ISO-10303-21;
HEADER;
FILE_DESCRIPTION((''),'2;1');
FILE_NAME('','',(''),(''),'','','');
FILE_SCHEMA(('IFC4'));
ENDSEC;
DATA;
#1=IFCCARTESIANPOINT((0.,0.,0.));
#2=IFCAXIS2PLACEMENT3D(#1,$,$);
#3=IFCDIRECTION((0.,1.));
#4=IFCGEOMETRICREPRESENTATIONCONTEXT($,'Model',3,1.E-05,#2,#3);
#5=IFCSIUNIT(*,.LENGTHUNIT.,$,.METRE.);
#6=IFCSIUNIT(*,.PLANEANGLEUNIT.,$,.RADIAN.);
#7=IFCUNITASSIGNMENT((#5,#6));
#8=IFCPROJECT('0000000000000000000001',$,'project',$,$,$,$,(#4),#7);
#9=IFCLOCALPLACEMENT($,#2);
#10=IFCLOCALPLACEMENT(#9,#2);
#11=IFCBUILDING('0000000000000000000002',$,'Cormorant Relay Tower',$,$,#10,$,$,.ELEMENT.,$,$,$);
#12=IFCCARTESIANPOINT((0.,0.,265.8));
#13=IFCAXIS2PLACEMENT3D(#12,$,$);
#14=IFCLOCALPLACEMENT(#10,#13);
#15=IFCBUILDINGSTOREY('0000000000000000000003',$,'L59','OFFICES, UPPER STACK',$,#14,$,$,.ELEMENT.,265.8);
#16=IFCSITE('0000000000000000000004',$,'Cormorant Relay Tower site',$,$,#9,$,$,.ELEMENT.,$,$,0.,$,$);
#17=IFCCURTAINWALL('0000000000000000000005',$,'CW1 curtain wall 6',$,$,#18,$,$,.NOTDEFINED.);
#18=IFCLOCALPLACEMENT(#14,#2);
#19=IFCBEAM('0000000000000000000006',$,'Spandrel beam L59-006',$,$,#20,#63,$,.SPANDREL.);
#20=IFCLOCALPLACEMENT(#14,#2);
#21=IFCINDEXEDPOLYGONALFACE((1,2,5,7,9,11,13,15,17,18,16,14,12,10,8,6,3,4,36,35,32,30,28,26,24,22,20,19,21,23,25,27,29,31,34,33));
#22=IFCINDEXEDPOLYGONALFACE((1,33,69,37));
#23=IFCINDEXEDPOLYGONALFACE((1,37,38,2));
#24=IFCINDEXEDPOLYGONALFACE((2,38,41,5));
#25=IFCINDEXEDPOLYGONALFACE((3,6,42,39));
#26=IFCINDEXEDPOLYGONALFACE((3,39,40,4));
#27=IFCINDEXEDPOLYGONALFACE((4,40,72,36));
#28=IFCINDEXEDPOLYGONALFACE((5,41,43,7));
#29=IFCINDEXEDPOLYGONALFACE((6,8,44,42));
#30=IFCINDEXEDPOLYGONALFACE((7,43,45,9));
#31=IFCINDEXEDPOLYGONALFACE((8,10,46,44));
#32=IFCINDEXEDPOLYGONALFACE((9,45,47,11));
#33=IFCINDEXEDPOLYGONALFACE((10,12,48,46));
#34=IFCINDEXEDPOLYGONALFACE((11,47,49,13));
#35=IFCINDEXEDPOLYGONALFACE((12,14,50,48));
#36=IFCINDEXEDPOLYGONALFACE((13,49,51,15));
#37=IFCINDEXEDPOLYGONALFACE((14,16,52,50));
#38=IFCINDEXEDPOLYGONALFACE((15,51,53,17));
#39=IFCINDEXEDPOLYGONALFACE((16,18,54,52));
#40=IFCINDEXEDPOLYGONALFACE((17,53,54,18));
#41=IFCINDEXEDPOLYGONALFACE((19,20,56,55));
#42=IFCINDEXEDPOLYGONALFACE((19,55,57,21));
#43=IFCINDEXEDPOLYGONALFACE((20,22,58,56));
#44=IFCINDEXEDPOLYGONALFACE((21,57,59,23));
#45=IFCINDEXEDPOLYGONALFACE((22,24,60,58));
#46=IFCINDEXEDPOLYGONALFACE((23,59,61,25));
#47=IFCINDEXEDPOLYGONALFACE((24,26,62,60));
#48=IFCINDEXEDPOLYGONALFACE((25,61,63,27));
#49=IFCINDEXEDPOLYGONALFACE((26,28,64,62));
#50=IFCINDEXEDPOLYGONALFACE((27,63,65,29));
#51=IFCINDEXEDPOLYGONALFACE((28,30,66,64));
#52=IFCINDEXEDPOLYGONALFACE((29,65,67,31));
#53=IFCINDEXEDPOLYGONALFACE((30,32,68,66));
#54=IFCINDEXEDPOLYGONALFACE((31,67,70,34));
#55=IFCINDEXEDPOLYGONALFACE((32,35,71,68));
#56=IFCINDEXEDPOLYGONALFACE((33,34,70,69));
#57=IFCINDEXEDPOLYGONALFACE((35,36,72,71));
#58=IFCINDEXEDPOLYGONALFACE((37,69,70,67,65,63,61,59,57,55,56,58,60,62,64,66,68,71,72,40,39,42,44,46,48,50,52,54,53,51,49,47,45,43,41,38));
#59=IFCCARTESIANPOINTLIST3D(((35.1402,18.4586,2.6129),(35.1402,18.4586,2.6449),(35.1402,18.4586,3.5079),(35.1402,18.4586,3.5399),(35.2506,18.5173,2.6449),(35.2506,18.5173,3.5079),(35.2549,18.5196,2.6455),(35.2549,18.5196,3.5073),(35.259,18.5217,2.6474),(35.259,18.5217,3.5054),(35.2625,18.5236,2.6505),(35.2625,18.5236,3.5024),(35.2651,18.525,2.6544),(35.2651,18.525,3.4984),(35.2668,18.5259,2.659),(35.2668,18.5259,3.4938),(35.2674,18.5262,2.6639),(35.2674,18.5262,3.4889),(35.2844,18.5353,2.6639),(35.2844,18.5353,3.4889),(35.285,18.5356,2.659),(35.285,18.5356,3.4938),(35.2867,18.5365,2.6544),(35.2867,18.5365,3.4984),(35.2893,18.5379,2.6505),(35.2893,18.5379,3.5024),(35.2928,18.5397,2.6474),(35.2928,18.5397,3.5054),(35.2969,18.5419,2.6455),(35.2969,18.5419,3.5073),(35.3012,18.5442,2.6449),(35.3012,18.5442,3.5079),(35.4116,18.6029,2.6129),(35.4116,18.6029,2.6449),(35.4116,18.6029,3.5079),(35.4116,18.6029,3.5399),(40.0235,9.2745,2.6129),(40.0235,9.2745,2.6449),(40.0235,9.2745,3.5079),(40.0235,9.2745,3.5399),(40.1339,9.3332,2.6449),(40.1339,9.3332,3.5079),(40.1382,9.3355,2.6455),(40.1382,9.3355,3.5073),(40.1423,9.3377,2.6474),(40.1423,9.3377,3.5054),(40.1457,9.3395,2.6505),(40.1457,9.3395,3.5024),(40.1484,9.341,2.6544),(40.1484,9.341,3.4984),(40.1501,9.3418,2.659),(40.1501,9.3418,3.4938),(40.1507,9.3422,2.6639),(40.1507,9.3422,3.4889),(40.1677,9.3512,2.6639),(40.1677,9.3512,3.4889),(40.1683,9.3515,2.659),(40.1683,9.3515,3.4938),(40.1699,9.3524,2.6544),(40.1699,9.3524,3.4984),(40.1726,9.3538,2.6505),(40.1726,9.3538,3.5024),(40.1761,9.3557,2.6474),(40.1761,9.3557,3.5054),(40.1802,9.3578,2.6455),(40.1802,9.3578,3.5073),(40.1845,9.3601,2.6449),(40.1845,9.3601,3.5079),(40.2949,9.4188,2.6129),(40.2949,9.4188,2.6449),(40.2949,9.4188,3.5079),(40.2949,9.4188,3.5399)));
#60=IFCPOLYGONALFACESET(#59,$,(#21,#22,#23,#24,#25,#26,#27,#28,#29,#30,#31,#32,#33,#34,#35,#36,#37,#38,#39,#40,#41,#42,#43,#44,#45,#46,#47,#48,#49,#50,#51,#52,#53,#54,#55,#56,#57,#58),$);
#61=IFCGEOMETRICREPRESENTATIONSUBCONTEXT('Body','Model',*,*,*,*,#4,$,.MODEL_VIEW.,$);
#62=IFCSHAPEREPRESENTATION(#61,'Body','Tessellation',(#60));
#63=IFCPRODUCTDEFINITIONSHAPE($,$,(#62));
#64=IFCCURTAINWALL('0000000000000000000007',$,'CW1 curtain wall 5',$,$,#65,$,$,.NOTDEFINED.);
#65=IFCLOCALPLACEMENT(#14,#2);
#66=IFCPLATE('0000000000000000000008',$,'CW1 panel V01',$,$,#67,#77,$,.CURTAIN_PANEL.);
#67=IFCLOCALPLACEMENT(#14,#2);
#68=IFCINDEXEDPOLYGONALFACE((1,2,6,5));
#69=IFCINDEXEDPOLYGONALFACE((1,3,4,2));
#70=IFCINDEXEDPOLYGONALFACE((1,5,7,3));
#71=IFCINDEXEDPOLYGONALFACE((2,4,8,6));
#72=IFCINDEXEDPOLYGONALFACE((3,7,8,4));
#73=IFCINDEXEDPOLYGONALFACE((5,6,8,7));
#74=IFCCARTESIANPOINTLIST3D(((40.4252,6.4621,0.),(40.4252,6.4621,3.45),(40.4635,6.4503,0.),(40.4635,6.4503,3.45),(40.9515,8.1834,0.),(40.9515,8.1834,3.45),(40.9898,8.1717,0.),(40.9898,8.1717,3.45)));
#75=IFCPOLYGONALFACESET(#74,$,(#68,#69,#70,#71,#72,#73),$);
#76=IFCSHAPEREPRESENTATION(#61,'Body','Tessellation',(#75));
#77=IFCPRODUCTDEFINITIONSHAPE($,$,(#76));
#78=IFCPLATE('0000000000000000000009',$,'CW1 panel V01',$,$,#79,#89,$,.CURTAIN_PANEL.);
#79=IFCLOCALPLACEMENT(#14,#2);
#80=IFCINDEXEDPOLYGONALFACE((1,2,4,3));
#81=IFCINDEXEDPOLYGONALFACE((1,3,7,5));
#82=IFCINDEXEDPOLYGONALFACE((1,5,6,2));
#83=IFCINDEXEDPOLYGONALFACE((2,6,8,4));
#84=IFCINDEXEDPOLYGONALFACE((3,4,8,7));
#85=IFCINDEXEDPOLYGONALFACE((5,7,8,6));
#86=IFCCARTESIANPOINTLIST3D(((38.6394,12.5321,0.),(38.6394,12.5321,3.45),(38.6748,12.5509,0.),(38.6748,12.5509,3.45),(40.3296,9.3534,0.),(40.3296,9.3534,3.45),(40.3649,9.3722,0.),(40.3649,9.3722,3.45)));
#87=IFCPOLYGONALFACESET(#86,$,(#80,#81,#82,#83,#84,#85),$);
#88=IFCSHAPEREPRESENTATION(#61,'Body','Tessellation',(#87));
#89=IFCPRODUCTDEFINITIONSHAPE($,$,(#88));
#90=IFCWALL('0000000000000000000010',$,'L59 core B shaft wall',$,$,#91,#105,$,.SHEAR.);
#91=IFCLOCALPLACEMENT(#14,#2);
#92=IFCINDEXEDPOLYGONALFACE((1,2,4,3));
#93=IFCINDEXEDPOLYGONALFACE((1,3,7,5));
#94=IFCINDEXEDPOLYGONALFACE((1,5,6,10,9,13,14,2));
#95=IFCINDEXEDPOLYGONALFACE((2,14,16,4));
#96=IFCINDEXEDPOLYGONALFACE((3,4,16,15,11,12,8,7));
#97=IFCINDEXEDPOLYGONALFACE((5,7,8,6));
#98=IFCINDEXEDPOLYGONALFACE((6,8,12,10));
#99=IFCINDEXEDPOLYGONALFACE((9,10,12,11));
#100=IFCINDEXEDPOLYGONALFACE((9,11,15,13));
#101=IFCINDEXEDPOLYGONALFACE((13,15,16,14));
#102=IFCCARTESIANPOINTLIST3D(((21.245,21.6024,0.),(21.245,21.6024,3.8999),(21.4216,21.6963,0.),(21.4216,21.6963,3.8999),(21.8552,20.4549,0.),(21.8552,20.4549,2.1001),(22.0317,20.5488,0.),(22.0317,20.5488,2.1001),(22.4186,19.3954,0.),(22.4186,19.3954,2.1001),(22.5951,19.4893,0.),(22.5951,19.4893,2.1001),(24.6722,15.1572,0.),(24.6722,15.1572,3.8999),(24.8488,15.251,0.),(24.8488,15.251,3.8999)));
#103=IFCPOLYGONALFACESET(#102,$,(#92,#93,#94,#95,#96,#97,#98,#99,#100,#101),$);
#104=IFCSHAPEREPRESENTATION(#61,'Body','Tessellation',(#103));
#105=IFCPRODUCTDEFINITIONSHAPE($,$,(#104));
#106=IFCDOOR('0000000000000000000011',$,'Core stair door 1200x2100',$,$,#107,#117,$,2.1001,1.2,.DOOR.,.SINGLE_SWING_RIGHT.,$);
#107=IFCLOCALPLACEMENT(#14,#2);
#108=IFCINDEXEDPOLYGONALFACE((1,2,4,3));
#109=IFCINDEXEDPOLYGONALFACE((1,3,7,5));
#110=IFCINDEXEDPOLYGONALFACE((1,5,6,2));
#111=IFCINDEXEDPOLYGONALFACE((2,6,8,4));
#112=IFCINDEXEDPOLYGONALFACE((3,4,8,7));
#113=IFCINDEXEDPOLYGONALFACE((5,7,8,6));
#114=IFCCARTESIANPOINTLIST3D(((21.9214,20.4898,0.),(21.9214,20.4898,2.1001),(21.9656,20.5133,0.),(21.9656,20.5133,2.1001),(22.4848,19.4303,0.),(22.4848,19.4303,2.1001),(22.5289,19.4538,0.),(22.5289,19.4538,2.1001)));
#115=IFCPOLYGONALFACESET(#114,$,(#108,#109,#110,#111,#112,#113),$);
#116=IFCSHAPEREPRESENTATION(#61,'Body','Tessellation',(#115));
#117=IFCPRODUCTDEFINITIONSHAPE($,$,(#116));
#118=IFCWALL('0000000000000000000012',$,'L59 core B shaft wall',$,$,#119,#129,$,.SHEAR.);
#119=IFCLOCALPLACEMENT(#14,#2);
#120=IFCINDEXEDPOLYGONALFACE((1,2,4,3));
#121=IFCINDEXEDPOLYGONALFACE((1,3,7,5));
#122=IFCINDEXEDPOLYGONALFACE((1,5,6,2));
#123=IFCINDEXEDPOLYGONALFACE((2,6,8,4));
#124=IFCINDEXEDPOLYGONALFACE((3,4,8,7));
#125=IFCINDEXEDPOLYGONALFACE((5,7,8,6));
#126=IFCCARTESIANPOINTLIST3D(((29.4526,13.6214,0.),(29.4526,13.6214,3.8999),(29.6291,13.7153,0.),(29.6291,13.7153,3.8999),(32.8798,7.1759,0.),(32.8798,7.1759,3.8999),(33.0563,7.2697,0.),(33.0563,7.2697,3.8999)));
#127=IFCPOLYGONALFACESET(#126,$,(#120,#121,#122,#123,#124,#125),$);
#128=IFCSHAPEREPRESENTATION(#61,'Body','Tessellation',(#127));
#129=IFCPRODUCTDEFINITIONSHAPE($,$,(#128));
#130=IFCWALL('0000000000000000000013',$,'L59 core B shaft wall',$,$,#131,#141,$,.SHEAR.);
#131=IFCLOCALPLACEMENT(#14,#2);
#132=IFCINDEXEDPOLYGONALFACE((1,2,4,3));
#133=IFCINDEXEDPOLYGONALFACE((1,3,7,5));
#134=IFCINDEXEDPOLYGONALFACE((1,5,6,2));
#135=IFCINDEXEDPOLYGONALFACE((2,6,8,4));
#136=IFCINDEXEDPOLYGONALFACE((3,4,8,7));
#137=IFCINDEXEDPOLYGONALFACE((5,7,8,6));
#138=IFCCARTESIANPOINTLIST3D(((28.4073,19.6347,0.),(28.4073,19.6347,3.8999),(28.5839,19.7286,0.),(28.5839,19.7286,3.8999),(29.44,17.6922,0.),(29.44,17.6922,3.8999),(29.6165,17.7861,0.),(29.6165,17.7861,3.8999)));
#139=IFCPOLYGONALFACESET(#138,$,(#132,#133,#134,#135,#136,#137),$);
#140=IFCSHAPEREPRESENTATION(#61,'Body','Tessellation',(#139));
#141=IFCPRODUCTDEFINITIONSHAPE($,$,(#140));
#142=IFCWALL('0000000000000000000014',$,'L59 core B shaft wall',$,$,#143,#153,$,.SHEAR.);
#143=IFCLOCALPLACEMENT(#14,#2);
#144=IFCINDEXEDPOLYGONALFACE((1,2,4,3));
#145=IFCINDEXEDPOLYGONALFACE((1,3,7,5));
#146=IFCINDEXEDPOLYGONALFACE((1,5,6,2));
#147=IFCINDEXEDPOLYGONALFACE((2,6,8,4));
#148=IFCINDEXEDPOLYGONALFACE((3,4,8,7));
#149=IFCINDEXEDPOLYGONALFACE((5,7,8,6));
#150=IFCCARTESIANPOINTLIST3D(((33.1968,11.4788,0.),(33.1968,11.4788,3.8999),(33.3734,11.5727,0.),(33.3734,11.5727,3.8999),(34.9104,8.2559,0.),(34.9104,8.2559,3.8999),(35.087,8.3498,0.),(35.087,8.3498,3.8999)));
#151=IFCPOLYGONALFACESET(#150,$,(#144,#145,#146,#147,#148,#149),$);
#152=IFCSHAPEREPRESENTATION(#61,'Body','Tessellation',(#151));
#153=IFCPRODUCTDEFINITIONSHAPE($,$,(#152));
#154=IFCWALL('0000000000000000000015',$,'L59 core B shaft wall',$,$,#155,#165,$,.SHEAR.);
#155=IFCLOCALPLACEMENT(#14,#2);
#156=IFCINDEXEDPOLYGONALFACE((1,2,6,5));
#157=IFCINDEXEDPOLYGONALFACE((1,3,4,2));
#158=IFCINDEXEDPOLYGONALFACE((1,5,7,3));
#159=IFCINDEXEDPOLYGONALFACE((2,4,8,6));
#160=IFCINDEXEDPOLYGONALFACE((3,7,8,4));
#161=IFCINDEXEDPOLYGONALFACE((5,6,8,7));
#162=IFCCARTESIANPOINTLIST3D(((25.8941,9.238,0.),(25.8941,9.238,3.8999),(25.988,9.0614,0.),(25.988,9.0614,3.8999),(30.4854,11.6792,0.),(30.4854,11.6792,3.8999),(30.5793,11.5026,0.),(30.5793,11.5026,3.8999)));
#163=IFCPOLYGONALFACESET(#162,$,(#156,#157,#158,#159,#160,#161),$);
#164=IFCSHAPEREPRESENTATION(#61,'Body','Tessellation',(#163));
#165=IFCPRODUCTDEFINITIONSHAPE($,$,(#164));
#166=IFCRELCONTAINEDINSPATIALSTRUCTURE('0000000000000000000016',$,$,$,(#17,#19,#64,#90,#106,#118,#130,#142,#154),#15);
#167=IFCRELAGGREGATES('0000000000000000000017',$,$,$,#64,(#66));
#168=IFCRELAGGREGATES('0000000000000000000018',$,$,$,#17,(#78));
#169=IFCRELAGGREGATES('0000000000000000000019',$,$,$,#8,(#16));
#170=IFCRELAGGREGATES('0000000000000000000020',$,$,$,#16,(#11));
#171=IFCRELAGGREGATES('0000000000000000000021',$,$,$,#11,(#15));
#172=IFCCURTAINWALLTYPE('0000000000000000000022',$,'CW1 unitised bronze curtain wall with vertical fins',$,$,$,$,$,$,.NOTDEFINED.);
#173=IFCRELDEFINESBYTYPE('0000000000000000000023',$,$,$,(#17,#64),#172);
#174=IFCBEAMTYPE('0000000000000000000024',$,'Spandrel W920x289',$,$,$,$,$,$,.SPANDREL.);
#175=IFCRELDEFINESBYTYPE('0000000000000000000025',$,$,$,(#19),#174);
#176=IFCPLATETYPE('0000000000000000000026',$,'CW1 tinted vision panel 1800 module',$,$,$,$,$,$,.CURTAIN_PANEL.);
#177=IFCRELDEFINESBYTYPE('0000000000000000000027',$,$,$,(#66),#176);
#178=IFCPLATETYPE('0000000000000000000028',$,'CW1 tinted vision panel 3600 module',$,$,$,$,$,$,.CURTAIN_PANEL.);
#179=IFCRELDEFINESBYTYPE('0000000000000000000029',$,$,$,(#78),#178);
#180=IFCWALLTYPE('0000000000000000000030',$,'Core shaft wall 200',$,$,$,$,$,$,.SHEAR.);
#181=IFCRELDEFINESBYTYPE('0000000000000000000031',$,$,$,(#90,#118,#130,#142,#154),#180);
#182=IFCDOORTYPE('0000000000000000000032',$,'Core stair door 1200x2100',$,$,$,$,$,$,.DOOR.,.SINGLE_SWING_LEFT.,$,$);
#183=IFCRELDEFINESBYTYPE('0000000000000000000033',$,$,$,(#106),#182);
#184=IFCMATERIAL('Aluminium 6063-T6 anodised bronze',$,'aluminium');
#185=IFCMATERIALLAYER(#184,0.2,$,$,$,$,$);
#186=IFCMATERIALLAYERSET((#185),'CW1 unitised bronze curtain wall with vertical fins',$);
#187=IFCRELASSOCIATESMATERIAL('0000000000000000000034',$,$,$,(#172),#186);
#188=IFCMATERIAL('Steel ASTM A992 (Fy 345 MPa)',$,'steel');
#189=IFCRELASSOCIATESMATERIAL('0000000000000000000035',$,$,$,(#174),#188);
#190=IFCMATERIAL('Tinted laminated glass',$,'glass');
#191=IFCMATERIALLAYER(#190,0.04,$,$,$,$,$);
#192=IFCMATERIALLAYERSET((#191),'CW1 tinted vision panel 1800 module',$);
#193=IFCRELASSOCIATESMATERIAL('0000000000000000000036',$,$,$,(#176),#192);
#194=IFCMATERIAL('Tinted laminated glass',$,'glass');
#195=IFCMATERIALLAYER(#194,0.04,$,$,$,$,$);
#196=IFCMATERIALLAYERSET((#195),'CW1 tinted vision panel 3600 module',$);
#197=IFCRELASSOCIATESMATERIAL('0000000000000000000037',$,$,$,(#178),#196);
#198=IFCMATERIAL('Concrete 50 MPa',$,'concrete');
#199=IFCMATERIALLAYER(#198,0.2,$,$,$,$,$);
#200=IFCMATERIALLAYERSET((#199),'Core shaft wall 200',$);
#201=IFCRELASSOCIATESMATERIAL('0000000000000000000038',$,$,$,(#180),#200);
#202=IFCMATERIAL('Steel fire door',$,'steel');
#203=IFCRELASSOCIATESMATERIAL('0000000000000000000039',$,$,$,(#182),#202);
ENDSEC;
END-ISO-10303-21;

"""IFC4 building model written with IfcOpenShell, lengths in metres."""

from ifc_helpers import new_model, si_unit, direction, frame, frame_2d, origin, origin_2d, place, context, subcontext, project, spatial, rectangle, i_section, extrude, material, layer, layer_set, material_profile, profile_set, type_object, element, fill, aggregate, save


model = new_model("IFC4")

# Units and contexts
model_context = context("Model", 3, precision=1e-05, world=origin(), true_north=direction((0.0, 1.0)))
body_context = subcontext(model_context, "Body", "Model", "MODEL_VIEW")
ifc_project = project(units=[si_unit("LENGTHUNIT", "METRE"), si_unit("PLANEANGLEUNIT", "RADIAN")], contexts=[model_context])

# Site, building, storey
site_placement = place(None, origin())
site = spatial("IfcSite", under=ifc_project, at=site_placement, Name="Cormorant Relay Tower site", CompositionType="ELEMENT", RefElevation=0.0)
building_placement = place(site_placement, origin())
building = spatial("IfcBuilding", under=site, at=building_placement, Name="Cormorant Relay Tower", CompositionType="ELEMENT")
storey_placement = place(building_placement, frame((0.0, 0.0, 265.8)))
storey = spatial("IfcBuildingStorey", under=building, at=storey_placement, Name="L59", Description="OFFICES, UPPER STACK", CompositionType="ELEMENT", Elevation=265.8)

# Curtain wall
ifc_material_1 = material(Name="Aluminium 6063-T6 anodised bronze", Category="aluminium")
ifc_layer_1 = layer(ifc_material_1, 0.2)
ifc_layer_set_1 = layer_set([ifc_layer_1], Name="CW1 unitised bronze curtain wall with vertical fins")
curtain_wall_type = type_object("IfcCurtainWallType", Name="CW1 unitised bronze curtain wall with vertical fins", PredefinedType="NOTDEFINED", material=ifc_layer_set_1)
curtain_wall_1_placement = place(storey_placement, origin())
curtain_wall_1 = element("IfcCurtainWall", 1, at=curtain_wall_1_placement, inside=storey, type_object=curtain_wall_type, Name="CW1 curtain wall 6", PredefinedType="NOTDEFINED")

# Beam
ifc_material_2 = material(Name="Steel ASTM A992 (Fy 345 MPa)", Category="steel")
ifc_material_profile_1 = material_profile(ifc_material_2, i_section(OverallWidth=0.3074, OverallDepth=0.927, WebThickness=0.0193, FlangeThickness=0.032, FilletRadius=0.019, at=origin_2d()), Name="W920x289")
ifc_profile_set_1 = profile_set([ifc_material_profile_1], Name="Steel ASTM A992 (Fy 345 MPa)")
beam_type = type_object("IfcBeamType", Name="Spandrel W920x289", PredefinedType="SPANDREL", material=ifc_profile_set_1)
beam_placement = place(storey_placement, frame((40.1592, 9.3467, 3.0764), z_axis=(-0.469474, 0.882946, 0.0), x_axis=(-0.882946, -0.469474, 0.0)))
element("IfcBeam", 2, at=beam_placement, inside=storey, type_object=beam_type, Name="Spandrel beam L59-006", PredefinedType="SPANDREL", context=body_context, shape_type="SweptSolid", body=[
    extrude(i_section(OverallWidth=0.3074, OverallDepth=0.927, WebThickness=0.0193, FlangeThickness=0.032, FilletRadius=0.019, at=origin_2d()), origin(), (0.0, 0.0, 1.0), 10.4016),
])

# Curtain wall, plate
curtain_wall_2_placement = place(storey_placement, origin())
curtain_wall_2 = element("IfcCurtainWall", 3, at=curtain_wall_2_placement, inside=storey, type_object=curtain_wall_type, Name="CW1 curtain wall 5", PredefinedType="NOTDEFINED")
ifc_material_3 = material(Name="Tinted laminated glass", Category="glass")
ifc_layer_2 = layer(ifc_material_3, 0.04)
ifc_layer_set_2 = layer_set([ifc_layer_2], Name="CW1 tinted vision panel 1800 module")
plate_type_1 = type_object("IfcPlateType", Name="CW1 tinted vision panel 1800 module", PredefinedType="CURTAIN_PANEL", material=ifc_layer_set_2)
plate_1_placement = place(storey_placement, frame((40.7075, 7.3169, 0.0), z_axis=(0.0, 0.0, 1.0), x_axis=(0.292372, 0.956305, 0.0)))
plate_1 = element("IfcPlate", 4, at=plate_1_placement, type_object=plate_type_1, Name="CW1 panel V01", PredefinedType="CURTAIN_PANEL", context=body_context, shape_type="SweptSolid", body=[
    extrude(rectangle(XDim=1.8, YDim=0.04, at=origin_2d()), origin(), (0.0, 0.0, 1.0), 3.45),
])

# Plate
ifc_material_4 = material(Name="Tinted laminated glass", Category="glass")
ifc_layer_3 = layer(ifc_material_4, 0.04)
ifc_layer_set_3 = layer_set([ifc_layer_3], Name="CW1 tinted vision panel 3600 module")
plate_type_2 = type_object("IfcPlateType", Name="CW1 tinted vision panel 3600 module", PredefinedType="CURTAIN_PANEL", material=ifc_layer_set_3)
plate_2_placement = place(storey_placement, frame((39.5022, 10.9521, 0.0), z_axis=(0.0, 0.0, 1.0), x_axis=(-0.469472, 0.882948, 0.0)))
plate_2 = element("IfcPlate", 5, at=plate_2_placement, type_object=plate_type_2, Name="CW1 panel V01", PredefinedType="CURTAIN_PANEL", context=body_context, shape_type="SweptSolid", body=[
    extrude(rectangle(XDim=3.6001, YDim=0.04, at=origin_2d()), origin(), (0.0, 0.0, 1.0), 3.45),
])

# Wall, opening, door
ifc_material_5 = material(Name="Concrete 50 MPa", Category="concrete")
ifc_layer_4 = layer(ifc_material_5, 0.2)
ifc_layer_set_4 = layer_set([ifc_layer_4], Name="Core shaft wall 200")
wall_type_1 = type_object("IfcWallType", Name="Core shaft wall 200", PredefinedType="SHEAR", material=ifc_layer_set_4)
wall_1_placement = place(storey_placement, frame((24.7605, 15.2041, 0.0), z_axis=(0.0, 0.0, 1.0), x_axis=(-0.469494, 0.882936, 0.0)))
wall_1 = element("IfcWall", 6, at=wall_1_placement, inside=storey, type_object=wall_type_1, Name="L59 core B shaft wall", PredefinedType="SHEAR", context=body_context, shape_type="SweptSolid", body=[
    extrude(rectangle(XDim=7.2998, YDim=0.2, at=frame_2d((3.6499, 0.0))), origin(), (0.0, 0.0, 1.0), 3.8999),
])
opening_1_placement = place(wall_1_placement, frame((4.8, 0.0, 0.0)))
opening_1 = element("IfcOpeningElement", 7, at=opening_1_placement, cuts=wall_1, PredefinedType="OPENING", context=body_context, shape_type="SweptSolid", body=[
    extrude(rectangle(XDim=1.2, YDim=2.1001, at=frame_2d((0.6001, 1.05))), frame((0.0, 0.1099, 0.0), z_axis=(0.0, -1.0, 0.0), x_axis=(1.0, 0.0, 0.0)), (0.0, 0.0, 1.0), 0.22),
])
ifc_material_6 = material(Name="Steel fire door", Category="steel")
door_type_1 = type_object("IfcDoorType", Name="Core stair door 1200x2100", OperationType="SINGLE_SWING_LEFT", PredefinedType="DOOR", material=ifc_material_6)
door_1_placement = place(opening_1_placement, frame((1.2, 0.0, 0.0), z_axis=(0.0, 0.0, 1.0), x_axis=(-1.0, 0.0, 0.0)))
door_1 = element("IfcDoor", 8, at=door_1_placement, inside=storey, type_object=door_type_1, Name="Core stair door 1200x2100", OperationType="SINGLE_SWING_RIGHT", OverallHeight=2.1001, OverallWidth=1.2, PredefinedType="DOOR", context=body_context, shape_type="SweptSolid", body=[
    extrude(rectangle(XDim=1.2, YDim=2.1001, at=frame_2d((0.6001, 1.05))), frame((0.0, 0.0249, 0.0), z_axis=(0.0, -1.0, 0.0), x_axis=(1.0, 0.0, 0.0)), (0.0, 0.0, 1.0), 0.05),
])
fill(opening_1, door_1)

# Walls
wall_2_placement = place(storey_placement, frame((32.968, 7.2229, 0.0), z_axis=(0.0, 0.0, 1.0), x_axis=(-0.46948, 0.882943, 0.0)))
element("IfcWall", 9, at=wall_2_placement, inside=storey, type_object=wall_type_1, Name="L59 core B shaft wall", PredefinedType="SHEAR", context=body_context, shape_type="SweptSolid", body=[
    extrude(rectangle(XDim=7.3, YDim=0.2, at=frame_2d((3.6499, 0.0))), origin(), (0.0, 0.0, 1.0), 3.8999),
])
wall_3_placement = place(storey_placement, frame((29.5283, 17.739, 0.0), z_axis=(0.0, 0.0, 1.0), x_axis=(-0.469401, 0.882985, 0.0)))
element("IfcWall", 10, at=wall_3_placement, inside=storey, type_object=wall_type_1, Name="L59 core B shaft wall", PredefinedType="SHEAR", context=body_context, shape_type="SweptSolid", body=[
    extrude(rectangle(XDim=2.2, YDim=0.2, at=frame_2d((1.1001, 0.0))), origin(), (0.0, 0.0, 1.0), 3.8999),
])
wall_4_placement = place(storey_placement, frame((34.9988, 8.3027, 0.0), z_axis=(0.0, 0.0, 1.0), x_axis=(-0.469467, 0.88295, 0.0)))
element("IfcWall", 11, at=wall_4_placement, inside=storey, type_object=wall_type_1, Name="L59 core B shaft wall", PredefinedType="SHEAR", context=body_context, shape_type="SweptSolid", body=[
    extrude(rectangle(XDim=3.6501, YDim=0.2, at=frame_2d((1.8252, 0.0))), origin(), (0.0, 0.0, 1.0), 3.8999),
])

# Wall
wall_5_placement = place(storey_placement, frame((25.9409, 9.1497, 0.0), z_axis=(0.0, 0.0, 1.0), x_axis=(0.882954, 0.46946, 0.0)))
element("IfcWall", 12, at=wall_5_placement, inside=storey, type_object=wall_type_1, Name="L59 core B shaft wall", PredefinedType="SHEAR", context=body_context, shape_type="SweptSolid", body=[
    extrude(rectangle(XDim=5.2, YDim=0.2, at=frame_2d((2.6001, 0.0))), origin(), (0.0, 0.0, 1.0), 3.8999),
])

aggregate(curtain_wall_2, [plate_1])
aggregate(curtain_wall_1, [plate_2])

save(model, "model.ifc")
